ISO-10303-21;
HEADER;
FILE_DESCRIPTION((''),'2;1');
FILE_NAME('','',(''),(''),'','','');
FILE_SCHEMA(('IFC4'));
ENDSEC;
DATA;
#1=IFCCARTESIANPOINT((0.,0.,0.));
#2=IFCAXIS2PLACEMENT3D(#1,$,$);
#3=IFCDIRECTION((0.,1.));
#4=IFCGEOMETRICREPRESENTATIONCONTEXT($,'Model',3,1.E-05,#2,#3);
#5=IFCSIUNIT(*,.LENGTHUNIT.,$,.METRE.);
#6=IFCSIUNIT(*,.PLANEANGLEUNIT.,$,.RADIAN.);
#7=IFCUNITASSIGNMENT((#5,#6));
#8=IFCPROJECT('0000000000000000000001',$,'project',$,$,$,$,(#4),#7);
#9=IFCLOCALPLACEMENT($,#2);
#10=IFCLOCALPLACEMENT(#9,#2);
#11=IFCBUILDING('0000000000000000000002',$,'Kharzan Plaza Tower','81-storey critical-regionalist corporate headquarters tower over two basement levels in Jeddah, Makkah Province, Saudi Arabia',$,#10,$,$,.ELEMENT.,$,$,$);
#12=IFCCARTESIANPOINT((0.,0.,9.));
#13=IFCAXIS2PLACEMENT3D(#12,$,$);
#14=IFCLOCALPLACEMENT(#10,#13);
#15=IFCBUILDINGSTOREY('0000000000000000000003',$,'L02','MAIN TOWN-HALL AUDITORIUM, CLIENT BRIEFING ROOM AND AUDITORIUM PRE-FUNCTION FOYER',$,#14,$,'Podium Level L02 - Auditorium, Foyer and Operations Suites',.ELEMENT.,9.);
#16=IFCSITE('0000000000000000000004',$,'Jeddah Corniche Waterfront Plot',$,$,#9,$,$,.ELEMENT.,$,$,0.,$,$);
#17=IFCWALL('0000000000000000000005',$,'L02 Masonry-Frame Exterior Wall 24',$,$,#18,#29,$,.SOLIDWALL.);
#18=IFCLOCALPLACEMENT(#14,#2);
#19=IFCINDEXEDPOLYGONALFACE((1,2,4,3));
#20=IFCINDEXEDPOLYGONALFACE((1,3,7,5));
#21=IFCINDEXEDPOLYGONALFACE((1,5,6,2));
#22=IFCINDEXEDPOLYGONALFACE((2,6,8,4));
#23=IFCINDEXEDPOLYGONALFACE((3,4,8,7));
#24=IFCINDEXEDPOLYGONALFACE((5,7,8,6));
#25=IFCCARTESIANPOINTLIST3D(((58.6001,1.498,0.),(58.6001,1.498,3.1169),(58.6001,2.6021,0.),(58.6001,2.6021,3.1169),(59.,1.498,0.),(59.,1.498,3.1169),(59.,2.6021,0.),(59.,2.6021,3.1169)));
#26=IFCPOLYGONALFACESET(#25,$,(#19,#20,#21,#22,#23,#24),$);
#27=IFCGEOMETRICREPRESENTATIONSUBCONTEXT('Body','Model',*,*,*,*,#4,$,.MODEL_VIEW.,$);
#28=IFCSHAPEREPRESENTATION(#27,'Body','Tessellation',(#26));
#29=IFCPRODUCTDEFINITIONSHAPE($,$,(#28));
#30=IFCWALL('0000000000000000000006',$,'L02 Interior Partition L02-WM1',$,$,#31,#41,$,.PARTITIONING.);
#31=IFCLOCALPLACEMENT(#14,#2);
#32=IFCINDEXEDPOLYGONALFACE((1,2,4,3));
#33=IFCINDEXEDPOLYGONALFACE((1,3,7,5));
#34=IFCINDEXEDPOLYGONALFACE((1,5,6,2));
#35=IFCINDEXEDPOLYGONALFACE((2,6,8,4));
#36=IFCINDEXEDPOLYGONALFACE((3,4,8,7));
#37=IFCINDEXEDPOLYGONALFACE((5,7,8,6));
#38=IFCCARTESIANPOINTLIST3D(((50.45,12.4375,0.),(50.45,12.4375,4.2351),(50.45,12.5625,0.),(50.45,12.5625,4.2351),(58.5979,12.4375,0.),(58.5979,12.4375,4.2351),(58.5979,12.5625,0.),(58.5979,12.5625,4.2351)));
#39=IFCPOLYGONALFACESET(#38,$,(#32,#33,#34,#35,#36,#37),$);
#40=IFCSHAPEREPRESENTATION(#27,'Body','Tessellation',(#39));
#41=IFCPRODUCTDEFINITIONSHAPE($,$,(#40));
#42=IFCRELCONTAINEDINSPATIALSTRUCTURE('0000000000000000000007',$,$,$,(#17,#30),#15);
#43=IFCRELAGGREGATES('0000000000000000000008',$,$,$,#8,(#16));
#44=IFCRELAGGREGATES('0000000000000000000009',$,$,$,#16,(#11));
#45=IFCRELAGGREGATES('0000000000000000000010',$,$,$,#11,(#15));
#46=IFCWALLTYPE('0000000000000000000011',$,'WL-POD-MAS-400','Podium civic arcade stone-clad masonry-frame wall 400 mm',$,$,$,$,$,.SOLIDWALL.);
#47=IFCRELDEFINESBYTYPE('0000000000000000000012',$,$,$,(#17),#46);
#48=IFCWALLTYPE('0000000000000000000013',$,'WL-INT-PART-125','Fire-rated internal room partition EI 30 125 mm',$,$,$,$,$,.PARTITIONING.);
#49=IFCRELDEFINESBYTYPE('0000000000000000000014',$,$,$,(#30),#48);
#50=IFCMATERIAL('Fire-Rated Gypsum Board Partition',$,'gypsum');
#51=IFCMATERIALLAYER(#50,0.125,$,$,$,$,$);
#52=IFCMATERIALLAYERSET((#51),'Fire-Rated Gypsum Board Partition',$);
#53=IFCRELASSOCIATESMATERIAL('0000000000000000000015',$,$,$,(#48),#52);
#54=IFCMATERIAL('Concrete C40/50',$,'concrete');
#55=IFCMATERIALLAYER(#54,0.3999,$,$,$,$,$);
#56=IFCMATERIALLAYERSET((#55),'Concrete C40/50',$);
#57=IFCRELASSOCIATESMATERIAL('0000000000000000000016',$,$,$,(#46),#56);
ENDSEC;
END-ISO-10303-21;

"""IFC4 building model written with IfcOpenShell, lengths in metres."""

from ifc_helpers import new_model, si_unit, direction, frame, frame_2d, origin, place, context, subcontext, project, spatial, rectangle, extrude, source, transform, mapped, material, layer, layer_set, type_object, element, save


model = new_model("IFC4")

# Units and contexts
model_context = context("Model", 3, precision=1e-05, world=origin(), true_north=direction((0.0, 1.0)))
body_context = subcontext(model_context, "Body", "Model", "MODEL_VIEW")
ifc_project = project(units=[si_unit("LENGTHUNIT", "METRE"), si_unit("PLANEANGLEUNIT", "RADIAN")], contexts=[model_context])

# Site, building, storey
site_placement = place(None, origin())
site = spatial("IfcSite", under=ifc_project, at=site_placement, Name="Jeddah Corniche Waterfront Plot", CompositionType="ELEMENT", RefElevation=0.0)
building_placement = place(site_placement, origin())
building = spatial("IfcBuilding", under=site, at=building_placement, Name="Kharzan Plaza Tower", Description="81-storey critical-regionalist corporate headquarters tower over two basement levels in Jeddah, Makkah Province, Saudi Arabia", CompositionType="ELEMENT")
storey_placement = place(building_placement, frame((0.0, 0.0, 9.0)))
storey = spatial("IfcBuildingStorey", under=building, at=storey_placement, Name="L02", Description="MAIN TOWN-HALL AUDITORIUM, CLIENT BRIEFING ROOM AND AUDITORIUM PRE-FUNCTION FOYER", LongName="Podium Level L02 - Auditorium, Foyer and Operations Suites", CompositionType="ELEMENT", Elevation=9.0)

# Shared definitions
ifc_material_1 = material(Name="Fire-Rated Gypsum Board Partition", Category="gypsum")
ifc_layer_1 = layer(ifc_material_1, 0.125)
ifc_layer_set_1 = layer_set([ifc_layer_1], Name="Fire-Rated Gypsum Board Partition")
wall_type_1 = type_object("IfcWallType", Name="WL-INT-PART-125", Description="Fire-rated internal room partition EI 30 125 mm", PredefinedType="PARTITIONING", material=ifc_layer_set_1)

# Shared definitions
ifc_material_2 = material(Name="Concrete C40/50", Category="concrete")
ifc_layer_2 = layer(ifc_material_2, 0.3999)
ifc_layer_set_2 = layer_set([ifc_layer_2], Name="Concrete C40/50")
wall_type_2 = type_object("IfcWallType", Name="WL-POD-MAS-400", Description="Podium civic arcade stone-clad masonry-frame wall 400 mm", PredefinedType="SOLIDWALL", material=ifc_layer_set_2)

# Walls
shared_shape_1 = source(origin(), body_context, "Body", "SweptSolid", [
    extrude(rectangle(XDim=1.104, YDim=0.3999, at=frame_2d((0.552, 0.0))), origin(), (0.0, 0.0, 1.0), 3.1169),
])
wall_1_placement = place(storey_placement, frame((58.8, 1.498, 0.0), z_axis=(0.0, 0.0, 1.0), x_axis=(0.0, 1.0, 0.0)))
element("IfcWall", 1, at=wall_1_placement, inside=storey, type_object=wall_type_2, Name="L02 Masonry-Frame Exterior Wall 24", PredefinedType="SOLIDWALL", context=body_context, shape_type="MappedRepresentation", body=[
    mapped(shared_shape_1, transform((0.0, 0.0, 0.0), x_axis=(1.0, 0.0, 0.0), y_axis=(0.0, 1.0, 0.0), z_axis=(0.0, 0.0, 1.0))),
])
shared_shape_2 = source(origin(), body_context, "Body", "SweptSolid", [
    extrude(rectangle(XDim=8.1479, YDim=0.125, at=frame_2d((4.074, 0.0))), origin(), (0.0, 0.0, 1.0), 4.2351),
])
wall_2_placement = place(storey_placement, frame((50.45, 12.5, 0.0), z_axis=(0.0, 0.0, 1.0), x_axis=(1.0, 0.0, 0.0)))
element("IfcWall", 2, at=wall_2_placement, inside=storey, type_object=wall_type_1, Name="L02 Interior Partition L02-WM1", PredefinedType="PARTITIONING", context=body_context, shape_type="MappedRepresentation", body=[
    mapped(shared_shape_2, transform((0.0, 0.0, 0.0), x_axis=(1.0, 0.0, 0.0), y_axis=(0.0, 1.0, 0.0), z_axis=(0.0, 0.0, 1.0))),
])

save(model, "model.ifc")
